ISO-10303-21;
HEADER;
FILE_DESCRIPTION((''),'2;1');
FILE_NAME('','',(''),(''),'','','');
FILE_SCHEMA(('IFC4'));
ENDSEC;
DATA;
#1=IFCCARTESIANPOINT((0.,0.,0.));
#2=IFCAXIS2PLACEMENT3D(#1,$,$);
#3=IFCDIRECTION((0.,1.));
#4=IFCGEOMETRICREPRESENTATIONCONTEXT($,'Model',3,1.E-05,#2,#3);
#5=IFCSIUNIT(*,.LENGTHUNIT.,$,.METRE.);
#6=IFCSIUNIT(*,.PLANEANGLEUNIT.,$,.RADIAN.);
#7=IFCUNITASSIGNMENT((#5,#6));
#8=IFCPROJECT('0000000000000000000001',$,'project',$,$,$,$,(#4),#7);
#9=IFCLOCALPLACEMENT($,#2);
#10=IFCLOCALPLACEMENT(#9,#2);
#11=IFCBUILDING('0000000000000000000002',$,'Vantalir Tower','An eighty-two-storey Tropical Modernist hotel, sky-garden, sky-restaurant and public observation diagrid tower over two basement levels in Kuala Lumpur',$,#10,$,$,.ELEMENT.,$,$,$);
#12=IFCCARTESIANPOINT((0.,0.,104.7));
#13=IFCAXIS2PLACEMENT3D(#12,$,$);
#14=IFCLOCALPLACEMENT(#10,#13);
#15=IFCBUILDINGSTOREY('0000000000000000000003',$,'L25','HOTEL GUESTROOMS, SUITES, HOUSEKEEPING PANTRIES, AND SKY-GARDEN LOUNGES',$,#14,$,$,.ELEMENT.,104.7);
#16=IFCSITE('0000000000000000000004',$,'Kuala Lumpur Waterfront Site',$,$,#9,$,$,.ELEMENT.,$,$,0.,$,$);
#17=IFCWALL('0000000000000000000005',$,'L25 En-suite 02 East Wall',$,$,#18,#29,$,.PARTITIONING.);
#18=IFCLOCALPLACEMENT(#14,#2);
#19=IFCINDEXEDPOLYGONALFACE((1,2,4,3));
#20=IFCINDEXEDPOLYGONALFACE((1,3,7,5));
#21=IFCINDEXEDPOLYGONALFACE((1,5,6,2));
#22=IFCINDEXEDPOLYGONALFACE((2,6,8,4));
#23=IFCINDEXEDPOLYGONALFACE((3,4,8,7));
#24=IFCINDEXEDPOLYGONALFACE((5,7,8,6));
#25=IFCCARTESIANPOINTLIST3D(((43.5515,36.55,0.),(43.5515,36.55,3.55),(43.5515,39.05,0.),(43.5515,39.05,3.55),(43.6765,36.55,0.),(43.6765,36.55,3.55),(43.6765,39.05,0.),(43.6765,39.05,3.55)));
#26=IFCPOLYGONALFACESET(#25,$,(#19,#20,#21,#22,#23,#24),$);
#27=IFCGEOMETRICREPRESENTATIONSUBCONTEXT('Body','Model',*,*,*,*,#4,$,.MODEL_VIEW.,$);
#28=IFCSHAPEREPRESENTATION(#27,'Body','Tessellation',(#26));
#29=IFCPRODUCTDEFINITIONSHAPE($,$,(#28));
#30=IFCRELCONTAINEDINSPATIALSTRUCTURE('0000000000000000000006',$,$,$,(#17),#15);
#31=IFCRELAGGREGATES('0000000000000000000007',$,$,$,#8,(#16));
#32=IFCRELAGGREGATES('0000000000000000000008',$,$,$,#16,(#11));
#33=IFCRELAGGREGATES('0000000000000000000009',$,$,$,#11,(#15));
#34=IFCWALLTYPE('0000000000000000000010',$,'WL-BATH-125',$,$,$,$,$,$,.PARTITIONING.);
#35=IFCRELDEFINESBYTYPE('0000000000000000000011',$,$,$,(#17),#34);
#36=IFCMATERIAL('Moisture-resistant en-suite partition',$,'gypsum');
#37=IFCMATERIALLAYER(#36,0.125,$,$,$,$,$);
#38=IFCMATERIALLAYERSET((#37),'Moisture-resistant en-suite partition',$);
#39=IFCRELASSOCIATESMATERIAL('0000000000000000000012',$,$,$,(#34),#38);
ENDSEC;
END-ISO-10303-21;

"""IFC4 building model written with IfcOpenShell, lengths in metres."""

from ifc_helpers import new_model, si_unit, direction, frame, frame_2d, origin, place, context, subcontext, project, spatial, rectangle, extrude, material, layer, layer_set, type_object, element, save


model = new_model("IFC4")

# Units and contexts
model_context = context("Model", 3, precision=1e-05, world=origin(), true_north=direction((0.0, 1.0)))
body_context = subcontext(model_context, "Body", "Model", "MODEL_VIEW")
ifc_project = project(units=[si_unit("LENGTHUNIT", "METRE"), si_unit("PLANEANGLEUNIT", "RADIAN")], contexts=[model_context])

# Site, building, storey
site_placement = place(None, origin())
site = spatial("IfcSite", under=ifc_project, at=site_placement, Name="Kuala Lumpur Waterfront Site", CompositionType="ELEMENT", RefElevation=0.0)
building_placement = place(site_placement, origin())
building = spatial("IfcBuilding", under=site, at=building_placement, Name="Vantalir Tower", Description="An eighty-two-storey Tropical Modernist hotel, sky-garden, sky-restaurant and public observation diagrid tower over two basement levels in Kuala Lumpur", CompositionType="ELEMENT")
storey_placement = place(building_placement, frame((0.0, 0.0, 104.7)))
storey = spatial("IfcBuildingStorey", under=building, at=storey_placement, Name="L25", Description="HOTEL GUESTROOMS, SUITES, HOUSEKEEPING PANTRIES, AND SKY-GARDEN LOUNGES", CompositionType="ELEMENT", Elevation=104.7)

# Shared definitions
ifc_material_1 = material(Name="Moisture-resistant en-suite partition", Category="gypsum")
ifc_layer_1 = layer(ifc_material_1, 0.125)
ifc_layer_set_1 = layer_set([ifc_layer_1], Name="Moisture-resistant en-suite partition")
wall_type = type_object("IfcWallType", Name="WL-BATH-125", PredefinedType="PARTITIONING", material=ifc_layer_set_1)

# Wall
for number, where, z_axis, x_axis, name in (
    (1, (43.614, 36.55, 0.0), (0.0, 0.0, 1.0), (0.0, 1.0, 0.0), "L25 En-suite 02 East Wall"),
):
    element("IfcWall", number, at=place(storey_placement, frame(where, z_axis=z_axis, x_axis=x_axis)), inside=storey, type_object=wall_type, Name=name, PredefinedType="PARTITIONING", context=body_context, shape_type="SweptSolid", body=[
        extrude(rectangle(XDim=2.5, YDim=0.125, at=frame_2d((1.25, 0.0))), origin(), (0.0, 0.0, 1.0), 3.55),
    ])

save(model, "model.ifc")
